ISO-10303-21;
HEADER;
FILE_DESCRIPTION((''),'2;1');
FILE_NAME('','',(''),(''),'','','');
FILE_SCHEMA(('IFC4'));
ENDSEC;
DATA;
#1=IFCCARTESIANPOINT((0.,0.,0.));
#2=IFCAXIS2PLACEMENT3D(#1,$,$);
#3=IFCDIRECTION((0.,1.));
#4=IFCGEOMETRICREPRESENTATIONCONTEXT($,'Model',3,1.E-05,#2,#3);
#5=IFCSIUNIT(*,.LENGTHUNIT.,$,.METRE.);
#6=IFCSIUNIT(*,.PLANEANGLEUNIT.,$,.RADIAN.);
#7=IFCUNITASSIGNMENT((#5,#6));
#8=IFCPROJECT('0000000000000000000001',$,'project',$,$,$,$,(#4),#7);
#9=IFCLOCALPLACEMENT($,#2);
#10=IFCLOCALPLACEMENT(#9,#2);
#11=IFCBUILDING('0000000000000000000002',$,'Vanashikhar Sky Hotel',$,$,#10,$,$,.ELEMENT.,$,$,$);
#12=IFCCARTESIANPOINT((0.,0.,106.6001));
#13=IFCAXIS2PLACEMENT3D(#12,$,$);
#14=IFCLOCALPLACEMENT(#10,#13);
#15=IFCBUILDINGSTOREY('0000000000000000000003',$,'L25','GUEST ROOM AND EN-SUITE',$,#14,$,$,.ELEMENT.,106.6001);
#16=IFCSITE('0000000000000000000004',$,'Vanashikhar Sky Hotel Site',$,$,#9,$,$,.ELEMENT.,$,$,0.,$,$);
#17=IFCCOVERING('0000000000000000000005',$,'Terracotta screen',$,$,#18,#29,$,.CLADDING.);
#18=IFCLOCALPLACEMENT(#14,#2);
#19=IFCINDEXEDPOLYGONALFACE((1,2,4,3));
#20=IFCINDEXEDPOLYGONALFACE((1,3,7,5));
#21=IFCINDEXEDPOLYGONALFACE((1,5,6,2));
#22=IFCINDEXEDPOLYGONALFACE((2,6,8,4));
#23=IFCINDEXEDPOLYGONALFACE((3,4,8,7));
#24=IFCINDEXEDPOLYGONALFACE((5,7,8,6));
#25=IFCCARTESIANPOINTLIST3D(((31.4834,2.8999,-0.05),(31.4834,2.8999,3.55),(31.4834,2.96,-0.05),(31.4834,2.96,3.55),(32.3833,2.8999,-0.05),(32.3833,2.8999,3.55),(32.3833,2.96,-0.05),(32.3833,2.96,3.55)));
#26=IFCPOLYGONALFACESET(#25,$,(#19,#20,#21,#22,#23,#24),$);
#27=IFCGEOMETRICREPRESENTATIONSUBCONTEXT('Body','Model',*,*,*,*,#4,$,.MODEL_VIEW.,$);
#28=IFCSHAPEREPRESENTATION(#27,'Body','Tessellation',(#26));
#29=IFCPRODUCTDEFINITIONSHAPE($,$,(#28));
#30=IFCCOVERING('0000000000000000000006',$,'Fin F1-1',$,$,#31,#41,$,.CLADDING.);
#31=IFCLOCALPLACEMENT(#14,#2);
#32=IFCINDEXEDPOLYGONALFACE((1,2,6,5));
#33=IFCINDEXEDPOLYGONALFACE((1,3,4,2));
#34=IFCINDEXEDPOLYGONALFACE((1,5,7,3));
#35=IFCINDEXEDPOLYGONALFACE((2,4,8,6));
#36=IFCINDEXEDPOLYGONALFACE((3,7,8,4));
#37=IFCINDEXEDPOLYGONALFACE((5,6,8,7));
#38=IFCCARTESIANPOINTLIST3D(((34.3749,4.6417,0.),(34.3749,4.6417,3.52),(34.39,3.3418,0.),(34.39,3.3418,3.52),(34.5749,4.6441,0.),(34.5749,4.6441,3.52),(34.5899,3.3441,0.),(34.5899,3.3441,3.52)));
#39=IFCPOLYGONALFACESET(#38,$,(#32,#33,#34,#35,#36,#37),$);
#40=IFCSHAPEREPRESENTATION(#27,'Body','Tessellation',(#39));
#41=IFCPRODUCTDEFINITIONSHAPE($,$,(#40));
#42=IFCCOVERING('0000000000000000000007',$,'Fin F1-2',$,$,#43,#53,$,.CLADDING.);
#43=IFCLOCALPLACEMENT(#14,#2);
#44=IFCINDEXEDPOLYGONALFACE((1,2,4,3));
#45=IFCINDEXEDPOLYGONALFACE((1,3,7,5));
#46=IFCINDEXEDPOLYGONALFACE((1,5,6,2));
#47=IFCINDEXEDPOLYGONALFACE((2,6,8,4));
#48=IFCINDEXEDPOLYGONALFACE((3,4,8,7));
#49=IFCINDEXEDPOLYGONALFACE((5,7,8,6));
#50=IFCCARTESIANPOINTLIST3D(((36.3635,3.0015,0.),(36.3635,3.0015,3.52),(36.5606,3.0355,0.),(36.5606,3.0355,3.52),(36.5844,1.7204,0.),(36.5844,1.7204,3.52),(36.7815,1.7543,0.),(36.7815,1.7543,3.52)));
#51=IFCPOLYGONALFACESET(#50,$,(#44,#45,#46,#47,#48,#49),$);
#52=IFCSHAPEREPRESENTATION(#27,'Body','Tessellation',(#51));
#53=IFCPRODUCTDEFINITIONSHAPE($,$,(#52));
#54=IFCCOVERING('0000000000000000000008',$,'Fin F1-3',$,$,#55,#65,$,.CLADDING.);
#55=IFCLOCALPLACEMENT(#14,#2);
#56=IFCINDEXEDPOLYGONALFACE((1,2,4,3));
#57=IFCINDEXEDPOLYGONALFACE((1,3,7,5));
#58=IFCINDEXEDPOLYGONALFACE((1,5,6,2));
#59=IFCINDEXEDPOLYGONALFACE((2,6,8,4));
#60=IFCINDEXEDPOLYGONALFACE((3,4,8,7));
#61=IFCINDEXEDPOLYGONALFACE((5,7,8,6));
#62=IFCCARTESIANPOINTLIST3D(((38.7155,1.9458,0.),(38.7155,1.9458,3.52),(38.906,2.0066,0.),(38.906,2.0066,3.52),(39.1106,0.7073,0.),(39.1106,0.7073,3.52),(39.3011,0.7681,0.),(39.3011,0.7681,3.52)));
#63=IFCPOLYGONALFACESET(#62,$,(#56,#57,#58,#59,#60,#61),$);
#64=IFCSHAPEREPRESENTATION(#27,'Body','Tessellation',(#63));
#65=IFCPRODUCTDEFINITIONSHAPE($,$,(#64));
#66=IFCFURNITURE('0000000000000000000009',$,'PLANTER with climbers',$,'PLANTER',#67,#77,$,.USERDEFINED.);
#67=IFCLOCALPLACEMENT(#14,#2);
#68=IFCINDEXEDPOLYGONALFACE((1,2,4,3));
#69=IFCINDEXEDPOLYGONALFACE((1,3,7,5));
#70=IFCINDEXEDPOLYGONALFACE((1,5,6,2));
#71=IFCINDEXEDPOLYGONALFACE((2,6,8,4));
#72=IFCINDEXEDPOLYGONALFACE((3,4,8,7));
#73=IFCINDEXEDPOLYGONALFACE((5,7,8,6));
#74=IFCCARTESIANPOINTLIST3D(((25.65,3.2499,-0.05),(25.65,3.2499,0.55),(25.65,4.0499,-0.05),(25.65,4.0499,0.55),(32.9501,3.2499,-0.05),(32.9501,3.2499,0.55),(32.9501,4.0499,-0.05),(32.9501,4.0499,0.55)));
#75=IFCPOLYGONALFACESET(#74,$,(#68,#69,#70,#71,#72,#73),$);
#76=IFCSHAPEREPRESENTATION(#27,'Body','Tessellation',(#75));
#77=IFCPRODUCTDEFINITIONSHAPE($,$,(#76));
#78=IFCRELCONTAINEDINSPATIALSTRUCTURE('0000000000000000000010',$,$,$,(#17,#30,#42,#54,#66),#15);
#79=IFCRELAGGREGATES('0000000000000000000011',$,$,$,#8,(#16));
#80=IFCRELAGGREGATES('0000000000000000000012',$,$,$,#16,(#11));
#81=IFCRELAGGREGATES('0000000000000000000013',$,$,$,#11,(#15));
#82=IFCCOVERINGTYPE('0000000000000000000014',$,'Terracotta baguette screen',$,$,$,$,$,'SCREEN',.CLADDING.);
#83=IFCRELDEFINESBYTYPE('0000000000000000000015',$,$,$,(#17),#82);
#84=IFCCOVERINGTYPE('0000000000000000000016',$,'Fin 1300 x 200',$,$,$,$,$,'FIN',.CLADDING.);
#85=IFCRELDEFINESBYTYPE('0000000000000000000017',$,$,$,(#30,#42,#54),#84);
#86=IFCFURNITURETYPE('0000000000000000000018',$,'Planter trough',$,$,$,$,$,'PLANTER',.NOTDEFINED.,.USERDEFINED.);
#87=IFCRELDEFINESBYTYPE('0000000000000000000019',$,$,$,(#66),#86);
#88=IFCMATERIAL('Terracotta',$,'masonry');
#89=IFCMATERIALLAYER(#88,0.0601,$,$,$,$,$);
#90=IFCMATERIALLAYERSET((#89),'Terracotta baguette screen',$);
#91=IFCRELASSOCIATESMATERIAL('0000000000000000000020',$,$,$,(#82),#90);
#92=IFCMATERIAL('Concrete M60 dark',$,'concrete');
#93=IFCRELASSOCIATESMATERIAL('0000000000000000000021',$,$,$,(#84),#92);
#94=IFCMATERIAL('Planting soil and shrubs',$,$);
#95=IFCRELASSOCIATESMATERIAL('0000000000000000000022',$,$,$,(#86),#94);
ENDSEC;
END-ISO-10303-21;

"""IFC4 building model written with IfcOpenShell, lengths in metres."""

from ifc_helpers import new_model, si_unit, direction, frame, origin, origin_2d, place, context, subcontext, project, spatial, rectangle, extrude, source, transform, mapped, material, layer, layer_set, material_profile, profile_set, type_object, element, save


model = new_model("IFC4")

# Units and contexts
model_context = context("Model", 3, precision=1e-05, world=origin(), true_north=direction((0.0, 1.0)))
body_context = subcontext(model_context, "Body", "Model", "MODEL_VIEW")
ifc_project = project(units=[si_unit("LENGTHUNIT", "METRE"), si_unit("PLANEANGLEUNIT", "RADIAN")], contexts=[model_context])

# Site, building, storey
site_placement = place(None, origin())
site = spatial("IfcSite", under=ifc_project, at=site_placement, Name="Vanashikhar Sky Hotel Site", CompositionType="ELEMENT", RefElevation=0.0)
building_placement = place(site_placement, origin())
building = spatial("IfcBuilding", under=site, at=building_placement, Name="Vanashikhar Sky Hotel", CompositionType="ELEMENT")
storey_placement = place(building_placement, frame((0.0, 0.0, 106.6001)))
storey = spatial("IfcBuildingStorey", under=building, at=storey_placement, Name="L25", Description="GUEST ROOM AND EN-SUITE", CompositionType="ELEMENT", Elevation=106.6001)

# Coverings
ifc_material_1 = material(Name="Terracotta", Category="masonry")
ifc_layer_1 = layer(ifc_material_1, 0.0601)
ifc_layer_set_1 = layer_set([ifc_layer_1], Name="Terracotta baguette screen")
covering_type_1 = type_object("IfcCoveringType", Name="Terracotta baguette screen", ElementType="SCREEN", PredefinedType="CLADDING", material=ifc_layer_set_1)
shared_shape_1 = source(origin(), body_context, "Body", "SweptSolid", [
    extrude(rectangle(XDim=0.8999, YDim=0.0601, at=origin_2d()), origin(), (0.0, 0.0, 1.0), 3.6001),
])
for number, where, z_axis, x_axis, name in (
    (1, (31.9333, 2.9299, -0.05), (0.0, 0.0, 1.0), (1.0, 0.0, 0.0), "Terracotta screen"),
):
    element("IfcCovering", number, at=place(storey_placement, frame(where, z_axis=z_axis, x_axis=x_axis)), inside=storey, type_object=covering_type_1, Name=name, PredefinedType="CLADDING", context=body_context, shape_type="MappedRepresentation", body=[
        mapped(shared_shape_1, transform((0.0, 0.0, 0.0), scale=1.0)),
    ])
ifc_material_2 = material(Name="Concrete M60 dark", Category="concrete")
ifc_material_profile = material_profile(ifc_material_2, rectangle(XDim=1.3, YDim=0.2, at=origin_2d()))
ifc_profile_set = profile_set([ifc_material_profile], Name="Fin 1300 x 200")
covering_type_2 = type_object("IfcCoveringType", Name="Fin 1300 x 200", ElementType="FIN", PredefinedType="CLADDING", material=ifc_profile_set)
shared_shape_2 = source(origin(), body_context, "Body", "SweptSolid", [
    extrude(rectangle(XDim=1.3, YDim=0.2, at=origin_2d()), origin(), (0.0, 0.0, 1.0), 3.52),
])
for number, where, z_axis, x_axis, name in (
    (2, (34.4824, 3.9929, 0.0), (0.0, 0.0, 1.0), (0.011589, -0.999933, 0.0), "Fin F1-1"),
    (3, (36.5725, 2.3779, 0.0), (0.0, 0.0, 1.0), (0.1699, -0.985461, 0.0), "Fin F1-2"),
    (4, (39.0083, 1.3569, 0.0), (0.0, 0.0, 1.0), (0.303967, -0.952683, 0.0), "Fin F1-3"),
):
    element("IfcCovering", number, at=place(storey_placement, frame(where, z_axis=z_axis, x_axis=x_axis)), inside=storey, type_object=covering_type_2, Name=name, PredefinedType="CLADDING", context=body_context, shape_type="MappedRepresentation", body=[
        mapped(shared_shape_2, transform((0.0, 0.0, 0.0), scale=1.0)),
    ])

# Furniture
ifc_material_3 = material(Name="Planting soil and shrubs")
furniture_type = type_object("IfcFurnitureType", Name="Planter trough", ElementType="PLANTER", AssemblyPlace="NOTDEFINED", PredefinedType="USERDEFINED", material=ifc_material_3)
shared_shape_3 = source(origin(), body_context, "Body", "SweptSolid", [
    extrude(rectangle(XDim=7.3, YDim=0.8, at=origin_2d()), origin(), (0.0, 0.0, 1.0), 0.6001),
])
furniture_placement = place(storey_placement, frame((29.3, 3.6499, -0.05), z_axis=(0.0, 0.0, 1.0), x_axis=(1.0, 0.0, 0.0)))
element("IfcFurniture", 5, at=furniture_placement, inside=storey, type_object=furniture_type, Name="PLANTER with climbers", ObjectType="PLANTER", PredefinedType="USERDEFINED", context=body_context, shape_type="MappedRepresentation", body=[
    mapped(shared_shape_3, transform((0.0, 0.0, 0.0), scale=1.0)),
])

save(model, "model.ifc")
